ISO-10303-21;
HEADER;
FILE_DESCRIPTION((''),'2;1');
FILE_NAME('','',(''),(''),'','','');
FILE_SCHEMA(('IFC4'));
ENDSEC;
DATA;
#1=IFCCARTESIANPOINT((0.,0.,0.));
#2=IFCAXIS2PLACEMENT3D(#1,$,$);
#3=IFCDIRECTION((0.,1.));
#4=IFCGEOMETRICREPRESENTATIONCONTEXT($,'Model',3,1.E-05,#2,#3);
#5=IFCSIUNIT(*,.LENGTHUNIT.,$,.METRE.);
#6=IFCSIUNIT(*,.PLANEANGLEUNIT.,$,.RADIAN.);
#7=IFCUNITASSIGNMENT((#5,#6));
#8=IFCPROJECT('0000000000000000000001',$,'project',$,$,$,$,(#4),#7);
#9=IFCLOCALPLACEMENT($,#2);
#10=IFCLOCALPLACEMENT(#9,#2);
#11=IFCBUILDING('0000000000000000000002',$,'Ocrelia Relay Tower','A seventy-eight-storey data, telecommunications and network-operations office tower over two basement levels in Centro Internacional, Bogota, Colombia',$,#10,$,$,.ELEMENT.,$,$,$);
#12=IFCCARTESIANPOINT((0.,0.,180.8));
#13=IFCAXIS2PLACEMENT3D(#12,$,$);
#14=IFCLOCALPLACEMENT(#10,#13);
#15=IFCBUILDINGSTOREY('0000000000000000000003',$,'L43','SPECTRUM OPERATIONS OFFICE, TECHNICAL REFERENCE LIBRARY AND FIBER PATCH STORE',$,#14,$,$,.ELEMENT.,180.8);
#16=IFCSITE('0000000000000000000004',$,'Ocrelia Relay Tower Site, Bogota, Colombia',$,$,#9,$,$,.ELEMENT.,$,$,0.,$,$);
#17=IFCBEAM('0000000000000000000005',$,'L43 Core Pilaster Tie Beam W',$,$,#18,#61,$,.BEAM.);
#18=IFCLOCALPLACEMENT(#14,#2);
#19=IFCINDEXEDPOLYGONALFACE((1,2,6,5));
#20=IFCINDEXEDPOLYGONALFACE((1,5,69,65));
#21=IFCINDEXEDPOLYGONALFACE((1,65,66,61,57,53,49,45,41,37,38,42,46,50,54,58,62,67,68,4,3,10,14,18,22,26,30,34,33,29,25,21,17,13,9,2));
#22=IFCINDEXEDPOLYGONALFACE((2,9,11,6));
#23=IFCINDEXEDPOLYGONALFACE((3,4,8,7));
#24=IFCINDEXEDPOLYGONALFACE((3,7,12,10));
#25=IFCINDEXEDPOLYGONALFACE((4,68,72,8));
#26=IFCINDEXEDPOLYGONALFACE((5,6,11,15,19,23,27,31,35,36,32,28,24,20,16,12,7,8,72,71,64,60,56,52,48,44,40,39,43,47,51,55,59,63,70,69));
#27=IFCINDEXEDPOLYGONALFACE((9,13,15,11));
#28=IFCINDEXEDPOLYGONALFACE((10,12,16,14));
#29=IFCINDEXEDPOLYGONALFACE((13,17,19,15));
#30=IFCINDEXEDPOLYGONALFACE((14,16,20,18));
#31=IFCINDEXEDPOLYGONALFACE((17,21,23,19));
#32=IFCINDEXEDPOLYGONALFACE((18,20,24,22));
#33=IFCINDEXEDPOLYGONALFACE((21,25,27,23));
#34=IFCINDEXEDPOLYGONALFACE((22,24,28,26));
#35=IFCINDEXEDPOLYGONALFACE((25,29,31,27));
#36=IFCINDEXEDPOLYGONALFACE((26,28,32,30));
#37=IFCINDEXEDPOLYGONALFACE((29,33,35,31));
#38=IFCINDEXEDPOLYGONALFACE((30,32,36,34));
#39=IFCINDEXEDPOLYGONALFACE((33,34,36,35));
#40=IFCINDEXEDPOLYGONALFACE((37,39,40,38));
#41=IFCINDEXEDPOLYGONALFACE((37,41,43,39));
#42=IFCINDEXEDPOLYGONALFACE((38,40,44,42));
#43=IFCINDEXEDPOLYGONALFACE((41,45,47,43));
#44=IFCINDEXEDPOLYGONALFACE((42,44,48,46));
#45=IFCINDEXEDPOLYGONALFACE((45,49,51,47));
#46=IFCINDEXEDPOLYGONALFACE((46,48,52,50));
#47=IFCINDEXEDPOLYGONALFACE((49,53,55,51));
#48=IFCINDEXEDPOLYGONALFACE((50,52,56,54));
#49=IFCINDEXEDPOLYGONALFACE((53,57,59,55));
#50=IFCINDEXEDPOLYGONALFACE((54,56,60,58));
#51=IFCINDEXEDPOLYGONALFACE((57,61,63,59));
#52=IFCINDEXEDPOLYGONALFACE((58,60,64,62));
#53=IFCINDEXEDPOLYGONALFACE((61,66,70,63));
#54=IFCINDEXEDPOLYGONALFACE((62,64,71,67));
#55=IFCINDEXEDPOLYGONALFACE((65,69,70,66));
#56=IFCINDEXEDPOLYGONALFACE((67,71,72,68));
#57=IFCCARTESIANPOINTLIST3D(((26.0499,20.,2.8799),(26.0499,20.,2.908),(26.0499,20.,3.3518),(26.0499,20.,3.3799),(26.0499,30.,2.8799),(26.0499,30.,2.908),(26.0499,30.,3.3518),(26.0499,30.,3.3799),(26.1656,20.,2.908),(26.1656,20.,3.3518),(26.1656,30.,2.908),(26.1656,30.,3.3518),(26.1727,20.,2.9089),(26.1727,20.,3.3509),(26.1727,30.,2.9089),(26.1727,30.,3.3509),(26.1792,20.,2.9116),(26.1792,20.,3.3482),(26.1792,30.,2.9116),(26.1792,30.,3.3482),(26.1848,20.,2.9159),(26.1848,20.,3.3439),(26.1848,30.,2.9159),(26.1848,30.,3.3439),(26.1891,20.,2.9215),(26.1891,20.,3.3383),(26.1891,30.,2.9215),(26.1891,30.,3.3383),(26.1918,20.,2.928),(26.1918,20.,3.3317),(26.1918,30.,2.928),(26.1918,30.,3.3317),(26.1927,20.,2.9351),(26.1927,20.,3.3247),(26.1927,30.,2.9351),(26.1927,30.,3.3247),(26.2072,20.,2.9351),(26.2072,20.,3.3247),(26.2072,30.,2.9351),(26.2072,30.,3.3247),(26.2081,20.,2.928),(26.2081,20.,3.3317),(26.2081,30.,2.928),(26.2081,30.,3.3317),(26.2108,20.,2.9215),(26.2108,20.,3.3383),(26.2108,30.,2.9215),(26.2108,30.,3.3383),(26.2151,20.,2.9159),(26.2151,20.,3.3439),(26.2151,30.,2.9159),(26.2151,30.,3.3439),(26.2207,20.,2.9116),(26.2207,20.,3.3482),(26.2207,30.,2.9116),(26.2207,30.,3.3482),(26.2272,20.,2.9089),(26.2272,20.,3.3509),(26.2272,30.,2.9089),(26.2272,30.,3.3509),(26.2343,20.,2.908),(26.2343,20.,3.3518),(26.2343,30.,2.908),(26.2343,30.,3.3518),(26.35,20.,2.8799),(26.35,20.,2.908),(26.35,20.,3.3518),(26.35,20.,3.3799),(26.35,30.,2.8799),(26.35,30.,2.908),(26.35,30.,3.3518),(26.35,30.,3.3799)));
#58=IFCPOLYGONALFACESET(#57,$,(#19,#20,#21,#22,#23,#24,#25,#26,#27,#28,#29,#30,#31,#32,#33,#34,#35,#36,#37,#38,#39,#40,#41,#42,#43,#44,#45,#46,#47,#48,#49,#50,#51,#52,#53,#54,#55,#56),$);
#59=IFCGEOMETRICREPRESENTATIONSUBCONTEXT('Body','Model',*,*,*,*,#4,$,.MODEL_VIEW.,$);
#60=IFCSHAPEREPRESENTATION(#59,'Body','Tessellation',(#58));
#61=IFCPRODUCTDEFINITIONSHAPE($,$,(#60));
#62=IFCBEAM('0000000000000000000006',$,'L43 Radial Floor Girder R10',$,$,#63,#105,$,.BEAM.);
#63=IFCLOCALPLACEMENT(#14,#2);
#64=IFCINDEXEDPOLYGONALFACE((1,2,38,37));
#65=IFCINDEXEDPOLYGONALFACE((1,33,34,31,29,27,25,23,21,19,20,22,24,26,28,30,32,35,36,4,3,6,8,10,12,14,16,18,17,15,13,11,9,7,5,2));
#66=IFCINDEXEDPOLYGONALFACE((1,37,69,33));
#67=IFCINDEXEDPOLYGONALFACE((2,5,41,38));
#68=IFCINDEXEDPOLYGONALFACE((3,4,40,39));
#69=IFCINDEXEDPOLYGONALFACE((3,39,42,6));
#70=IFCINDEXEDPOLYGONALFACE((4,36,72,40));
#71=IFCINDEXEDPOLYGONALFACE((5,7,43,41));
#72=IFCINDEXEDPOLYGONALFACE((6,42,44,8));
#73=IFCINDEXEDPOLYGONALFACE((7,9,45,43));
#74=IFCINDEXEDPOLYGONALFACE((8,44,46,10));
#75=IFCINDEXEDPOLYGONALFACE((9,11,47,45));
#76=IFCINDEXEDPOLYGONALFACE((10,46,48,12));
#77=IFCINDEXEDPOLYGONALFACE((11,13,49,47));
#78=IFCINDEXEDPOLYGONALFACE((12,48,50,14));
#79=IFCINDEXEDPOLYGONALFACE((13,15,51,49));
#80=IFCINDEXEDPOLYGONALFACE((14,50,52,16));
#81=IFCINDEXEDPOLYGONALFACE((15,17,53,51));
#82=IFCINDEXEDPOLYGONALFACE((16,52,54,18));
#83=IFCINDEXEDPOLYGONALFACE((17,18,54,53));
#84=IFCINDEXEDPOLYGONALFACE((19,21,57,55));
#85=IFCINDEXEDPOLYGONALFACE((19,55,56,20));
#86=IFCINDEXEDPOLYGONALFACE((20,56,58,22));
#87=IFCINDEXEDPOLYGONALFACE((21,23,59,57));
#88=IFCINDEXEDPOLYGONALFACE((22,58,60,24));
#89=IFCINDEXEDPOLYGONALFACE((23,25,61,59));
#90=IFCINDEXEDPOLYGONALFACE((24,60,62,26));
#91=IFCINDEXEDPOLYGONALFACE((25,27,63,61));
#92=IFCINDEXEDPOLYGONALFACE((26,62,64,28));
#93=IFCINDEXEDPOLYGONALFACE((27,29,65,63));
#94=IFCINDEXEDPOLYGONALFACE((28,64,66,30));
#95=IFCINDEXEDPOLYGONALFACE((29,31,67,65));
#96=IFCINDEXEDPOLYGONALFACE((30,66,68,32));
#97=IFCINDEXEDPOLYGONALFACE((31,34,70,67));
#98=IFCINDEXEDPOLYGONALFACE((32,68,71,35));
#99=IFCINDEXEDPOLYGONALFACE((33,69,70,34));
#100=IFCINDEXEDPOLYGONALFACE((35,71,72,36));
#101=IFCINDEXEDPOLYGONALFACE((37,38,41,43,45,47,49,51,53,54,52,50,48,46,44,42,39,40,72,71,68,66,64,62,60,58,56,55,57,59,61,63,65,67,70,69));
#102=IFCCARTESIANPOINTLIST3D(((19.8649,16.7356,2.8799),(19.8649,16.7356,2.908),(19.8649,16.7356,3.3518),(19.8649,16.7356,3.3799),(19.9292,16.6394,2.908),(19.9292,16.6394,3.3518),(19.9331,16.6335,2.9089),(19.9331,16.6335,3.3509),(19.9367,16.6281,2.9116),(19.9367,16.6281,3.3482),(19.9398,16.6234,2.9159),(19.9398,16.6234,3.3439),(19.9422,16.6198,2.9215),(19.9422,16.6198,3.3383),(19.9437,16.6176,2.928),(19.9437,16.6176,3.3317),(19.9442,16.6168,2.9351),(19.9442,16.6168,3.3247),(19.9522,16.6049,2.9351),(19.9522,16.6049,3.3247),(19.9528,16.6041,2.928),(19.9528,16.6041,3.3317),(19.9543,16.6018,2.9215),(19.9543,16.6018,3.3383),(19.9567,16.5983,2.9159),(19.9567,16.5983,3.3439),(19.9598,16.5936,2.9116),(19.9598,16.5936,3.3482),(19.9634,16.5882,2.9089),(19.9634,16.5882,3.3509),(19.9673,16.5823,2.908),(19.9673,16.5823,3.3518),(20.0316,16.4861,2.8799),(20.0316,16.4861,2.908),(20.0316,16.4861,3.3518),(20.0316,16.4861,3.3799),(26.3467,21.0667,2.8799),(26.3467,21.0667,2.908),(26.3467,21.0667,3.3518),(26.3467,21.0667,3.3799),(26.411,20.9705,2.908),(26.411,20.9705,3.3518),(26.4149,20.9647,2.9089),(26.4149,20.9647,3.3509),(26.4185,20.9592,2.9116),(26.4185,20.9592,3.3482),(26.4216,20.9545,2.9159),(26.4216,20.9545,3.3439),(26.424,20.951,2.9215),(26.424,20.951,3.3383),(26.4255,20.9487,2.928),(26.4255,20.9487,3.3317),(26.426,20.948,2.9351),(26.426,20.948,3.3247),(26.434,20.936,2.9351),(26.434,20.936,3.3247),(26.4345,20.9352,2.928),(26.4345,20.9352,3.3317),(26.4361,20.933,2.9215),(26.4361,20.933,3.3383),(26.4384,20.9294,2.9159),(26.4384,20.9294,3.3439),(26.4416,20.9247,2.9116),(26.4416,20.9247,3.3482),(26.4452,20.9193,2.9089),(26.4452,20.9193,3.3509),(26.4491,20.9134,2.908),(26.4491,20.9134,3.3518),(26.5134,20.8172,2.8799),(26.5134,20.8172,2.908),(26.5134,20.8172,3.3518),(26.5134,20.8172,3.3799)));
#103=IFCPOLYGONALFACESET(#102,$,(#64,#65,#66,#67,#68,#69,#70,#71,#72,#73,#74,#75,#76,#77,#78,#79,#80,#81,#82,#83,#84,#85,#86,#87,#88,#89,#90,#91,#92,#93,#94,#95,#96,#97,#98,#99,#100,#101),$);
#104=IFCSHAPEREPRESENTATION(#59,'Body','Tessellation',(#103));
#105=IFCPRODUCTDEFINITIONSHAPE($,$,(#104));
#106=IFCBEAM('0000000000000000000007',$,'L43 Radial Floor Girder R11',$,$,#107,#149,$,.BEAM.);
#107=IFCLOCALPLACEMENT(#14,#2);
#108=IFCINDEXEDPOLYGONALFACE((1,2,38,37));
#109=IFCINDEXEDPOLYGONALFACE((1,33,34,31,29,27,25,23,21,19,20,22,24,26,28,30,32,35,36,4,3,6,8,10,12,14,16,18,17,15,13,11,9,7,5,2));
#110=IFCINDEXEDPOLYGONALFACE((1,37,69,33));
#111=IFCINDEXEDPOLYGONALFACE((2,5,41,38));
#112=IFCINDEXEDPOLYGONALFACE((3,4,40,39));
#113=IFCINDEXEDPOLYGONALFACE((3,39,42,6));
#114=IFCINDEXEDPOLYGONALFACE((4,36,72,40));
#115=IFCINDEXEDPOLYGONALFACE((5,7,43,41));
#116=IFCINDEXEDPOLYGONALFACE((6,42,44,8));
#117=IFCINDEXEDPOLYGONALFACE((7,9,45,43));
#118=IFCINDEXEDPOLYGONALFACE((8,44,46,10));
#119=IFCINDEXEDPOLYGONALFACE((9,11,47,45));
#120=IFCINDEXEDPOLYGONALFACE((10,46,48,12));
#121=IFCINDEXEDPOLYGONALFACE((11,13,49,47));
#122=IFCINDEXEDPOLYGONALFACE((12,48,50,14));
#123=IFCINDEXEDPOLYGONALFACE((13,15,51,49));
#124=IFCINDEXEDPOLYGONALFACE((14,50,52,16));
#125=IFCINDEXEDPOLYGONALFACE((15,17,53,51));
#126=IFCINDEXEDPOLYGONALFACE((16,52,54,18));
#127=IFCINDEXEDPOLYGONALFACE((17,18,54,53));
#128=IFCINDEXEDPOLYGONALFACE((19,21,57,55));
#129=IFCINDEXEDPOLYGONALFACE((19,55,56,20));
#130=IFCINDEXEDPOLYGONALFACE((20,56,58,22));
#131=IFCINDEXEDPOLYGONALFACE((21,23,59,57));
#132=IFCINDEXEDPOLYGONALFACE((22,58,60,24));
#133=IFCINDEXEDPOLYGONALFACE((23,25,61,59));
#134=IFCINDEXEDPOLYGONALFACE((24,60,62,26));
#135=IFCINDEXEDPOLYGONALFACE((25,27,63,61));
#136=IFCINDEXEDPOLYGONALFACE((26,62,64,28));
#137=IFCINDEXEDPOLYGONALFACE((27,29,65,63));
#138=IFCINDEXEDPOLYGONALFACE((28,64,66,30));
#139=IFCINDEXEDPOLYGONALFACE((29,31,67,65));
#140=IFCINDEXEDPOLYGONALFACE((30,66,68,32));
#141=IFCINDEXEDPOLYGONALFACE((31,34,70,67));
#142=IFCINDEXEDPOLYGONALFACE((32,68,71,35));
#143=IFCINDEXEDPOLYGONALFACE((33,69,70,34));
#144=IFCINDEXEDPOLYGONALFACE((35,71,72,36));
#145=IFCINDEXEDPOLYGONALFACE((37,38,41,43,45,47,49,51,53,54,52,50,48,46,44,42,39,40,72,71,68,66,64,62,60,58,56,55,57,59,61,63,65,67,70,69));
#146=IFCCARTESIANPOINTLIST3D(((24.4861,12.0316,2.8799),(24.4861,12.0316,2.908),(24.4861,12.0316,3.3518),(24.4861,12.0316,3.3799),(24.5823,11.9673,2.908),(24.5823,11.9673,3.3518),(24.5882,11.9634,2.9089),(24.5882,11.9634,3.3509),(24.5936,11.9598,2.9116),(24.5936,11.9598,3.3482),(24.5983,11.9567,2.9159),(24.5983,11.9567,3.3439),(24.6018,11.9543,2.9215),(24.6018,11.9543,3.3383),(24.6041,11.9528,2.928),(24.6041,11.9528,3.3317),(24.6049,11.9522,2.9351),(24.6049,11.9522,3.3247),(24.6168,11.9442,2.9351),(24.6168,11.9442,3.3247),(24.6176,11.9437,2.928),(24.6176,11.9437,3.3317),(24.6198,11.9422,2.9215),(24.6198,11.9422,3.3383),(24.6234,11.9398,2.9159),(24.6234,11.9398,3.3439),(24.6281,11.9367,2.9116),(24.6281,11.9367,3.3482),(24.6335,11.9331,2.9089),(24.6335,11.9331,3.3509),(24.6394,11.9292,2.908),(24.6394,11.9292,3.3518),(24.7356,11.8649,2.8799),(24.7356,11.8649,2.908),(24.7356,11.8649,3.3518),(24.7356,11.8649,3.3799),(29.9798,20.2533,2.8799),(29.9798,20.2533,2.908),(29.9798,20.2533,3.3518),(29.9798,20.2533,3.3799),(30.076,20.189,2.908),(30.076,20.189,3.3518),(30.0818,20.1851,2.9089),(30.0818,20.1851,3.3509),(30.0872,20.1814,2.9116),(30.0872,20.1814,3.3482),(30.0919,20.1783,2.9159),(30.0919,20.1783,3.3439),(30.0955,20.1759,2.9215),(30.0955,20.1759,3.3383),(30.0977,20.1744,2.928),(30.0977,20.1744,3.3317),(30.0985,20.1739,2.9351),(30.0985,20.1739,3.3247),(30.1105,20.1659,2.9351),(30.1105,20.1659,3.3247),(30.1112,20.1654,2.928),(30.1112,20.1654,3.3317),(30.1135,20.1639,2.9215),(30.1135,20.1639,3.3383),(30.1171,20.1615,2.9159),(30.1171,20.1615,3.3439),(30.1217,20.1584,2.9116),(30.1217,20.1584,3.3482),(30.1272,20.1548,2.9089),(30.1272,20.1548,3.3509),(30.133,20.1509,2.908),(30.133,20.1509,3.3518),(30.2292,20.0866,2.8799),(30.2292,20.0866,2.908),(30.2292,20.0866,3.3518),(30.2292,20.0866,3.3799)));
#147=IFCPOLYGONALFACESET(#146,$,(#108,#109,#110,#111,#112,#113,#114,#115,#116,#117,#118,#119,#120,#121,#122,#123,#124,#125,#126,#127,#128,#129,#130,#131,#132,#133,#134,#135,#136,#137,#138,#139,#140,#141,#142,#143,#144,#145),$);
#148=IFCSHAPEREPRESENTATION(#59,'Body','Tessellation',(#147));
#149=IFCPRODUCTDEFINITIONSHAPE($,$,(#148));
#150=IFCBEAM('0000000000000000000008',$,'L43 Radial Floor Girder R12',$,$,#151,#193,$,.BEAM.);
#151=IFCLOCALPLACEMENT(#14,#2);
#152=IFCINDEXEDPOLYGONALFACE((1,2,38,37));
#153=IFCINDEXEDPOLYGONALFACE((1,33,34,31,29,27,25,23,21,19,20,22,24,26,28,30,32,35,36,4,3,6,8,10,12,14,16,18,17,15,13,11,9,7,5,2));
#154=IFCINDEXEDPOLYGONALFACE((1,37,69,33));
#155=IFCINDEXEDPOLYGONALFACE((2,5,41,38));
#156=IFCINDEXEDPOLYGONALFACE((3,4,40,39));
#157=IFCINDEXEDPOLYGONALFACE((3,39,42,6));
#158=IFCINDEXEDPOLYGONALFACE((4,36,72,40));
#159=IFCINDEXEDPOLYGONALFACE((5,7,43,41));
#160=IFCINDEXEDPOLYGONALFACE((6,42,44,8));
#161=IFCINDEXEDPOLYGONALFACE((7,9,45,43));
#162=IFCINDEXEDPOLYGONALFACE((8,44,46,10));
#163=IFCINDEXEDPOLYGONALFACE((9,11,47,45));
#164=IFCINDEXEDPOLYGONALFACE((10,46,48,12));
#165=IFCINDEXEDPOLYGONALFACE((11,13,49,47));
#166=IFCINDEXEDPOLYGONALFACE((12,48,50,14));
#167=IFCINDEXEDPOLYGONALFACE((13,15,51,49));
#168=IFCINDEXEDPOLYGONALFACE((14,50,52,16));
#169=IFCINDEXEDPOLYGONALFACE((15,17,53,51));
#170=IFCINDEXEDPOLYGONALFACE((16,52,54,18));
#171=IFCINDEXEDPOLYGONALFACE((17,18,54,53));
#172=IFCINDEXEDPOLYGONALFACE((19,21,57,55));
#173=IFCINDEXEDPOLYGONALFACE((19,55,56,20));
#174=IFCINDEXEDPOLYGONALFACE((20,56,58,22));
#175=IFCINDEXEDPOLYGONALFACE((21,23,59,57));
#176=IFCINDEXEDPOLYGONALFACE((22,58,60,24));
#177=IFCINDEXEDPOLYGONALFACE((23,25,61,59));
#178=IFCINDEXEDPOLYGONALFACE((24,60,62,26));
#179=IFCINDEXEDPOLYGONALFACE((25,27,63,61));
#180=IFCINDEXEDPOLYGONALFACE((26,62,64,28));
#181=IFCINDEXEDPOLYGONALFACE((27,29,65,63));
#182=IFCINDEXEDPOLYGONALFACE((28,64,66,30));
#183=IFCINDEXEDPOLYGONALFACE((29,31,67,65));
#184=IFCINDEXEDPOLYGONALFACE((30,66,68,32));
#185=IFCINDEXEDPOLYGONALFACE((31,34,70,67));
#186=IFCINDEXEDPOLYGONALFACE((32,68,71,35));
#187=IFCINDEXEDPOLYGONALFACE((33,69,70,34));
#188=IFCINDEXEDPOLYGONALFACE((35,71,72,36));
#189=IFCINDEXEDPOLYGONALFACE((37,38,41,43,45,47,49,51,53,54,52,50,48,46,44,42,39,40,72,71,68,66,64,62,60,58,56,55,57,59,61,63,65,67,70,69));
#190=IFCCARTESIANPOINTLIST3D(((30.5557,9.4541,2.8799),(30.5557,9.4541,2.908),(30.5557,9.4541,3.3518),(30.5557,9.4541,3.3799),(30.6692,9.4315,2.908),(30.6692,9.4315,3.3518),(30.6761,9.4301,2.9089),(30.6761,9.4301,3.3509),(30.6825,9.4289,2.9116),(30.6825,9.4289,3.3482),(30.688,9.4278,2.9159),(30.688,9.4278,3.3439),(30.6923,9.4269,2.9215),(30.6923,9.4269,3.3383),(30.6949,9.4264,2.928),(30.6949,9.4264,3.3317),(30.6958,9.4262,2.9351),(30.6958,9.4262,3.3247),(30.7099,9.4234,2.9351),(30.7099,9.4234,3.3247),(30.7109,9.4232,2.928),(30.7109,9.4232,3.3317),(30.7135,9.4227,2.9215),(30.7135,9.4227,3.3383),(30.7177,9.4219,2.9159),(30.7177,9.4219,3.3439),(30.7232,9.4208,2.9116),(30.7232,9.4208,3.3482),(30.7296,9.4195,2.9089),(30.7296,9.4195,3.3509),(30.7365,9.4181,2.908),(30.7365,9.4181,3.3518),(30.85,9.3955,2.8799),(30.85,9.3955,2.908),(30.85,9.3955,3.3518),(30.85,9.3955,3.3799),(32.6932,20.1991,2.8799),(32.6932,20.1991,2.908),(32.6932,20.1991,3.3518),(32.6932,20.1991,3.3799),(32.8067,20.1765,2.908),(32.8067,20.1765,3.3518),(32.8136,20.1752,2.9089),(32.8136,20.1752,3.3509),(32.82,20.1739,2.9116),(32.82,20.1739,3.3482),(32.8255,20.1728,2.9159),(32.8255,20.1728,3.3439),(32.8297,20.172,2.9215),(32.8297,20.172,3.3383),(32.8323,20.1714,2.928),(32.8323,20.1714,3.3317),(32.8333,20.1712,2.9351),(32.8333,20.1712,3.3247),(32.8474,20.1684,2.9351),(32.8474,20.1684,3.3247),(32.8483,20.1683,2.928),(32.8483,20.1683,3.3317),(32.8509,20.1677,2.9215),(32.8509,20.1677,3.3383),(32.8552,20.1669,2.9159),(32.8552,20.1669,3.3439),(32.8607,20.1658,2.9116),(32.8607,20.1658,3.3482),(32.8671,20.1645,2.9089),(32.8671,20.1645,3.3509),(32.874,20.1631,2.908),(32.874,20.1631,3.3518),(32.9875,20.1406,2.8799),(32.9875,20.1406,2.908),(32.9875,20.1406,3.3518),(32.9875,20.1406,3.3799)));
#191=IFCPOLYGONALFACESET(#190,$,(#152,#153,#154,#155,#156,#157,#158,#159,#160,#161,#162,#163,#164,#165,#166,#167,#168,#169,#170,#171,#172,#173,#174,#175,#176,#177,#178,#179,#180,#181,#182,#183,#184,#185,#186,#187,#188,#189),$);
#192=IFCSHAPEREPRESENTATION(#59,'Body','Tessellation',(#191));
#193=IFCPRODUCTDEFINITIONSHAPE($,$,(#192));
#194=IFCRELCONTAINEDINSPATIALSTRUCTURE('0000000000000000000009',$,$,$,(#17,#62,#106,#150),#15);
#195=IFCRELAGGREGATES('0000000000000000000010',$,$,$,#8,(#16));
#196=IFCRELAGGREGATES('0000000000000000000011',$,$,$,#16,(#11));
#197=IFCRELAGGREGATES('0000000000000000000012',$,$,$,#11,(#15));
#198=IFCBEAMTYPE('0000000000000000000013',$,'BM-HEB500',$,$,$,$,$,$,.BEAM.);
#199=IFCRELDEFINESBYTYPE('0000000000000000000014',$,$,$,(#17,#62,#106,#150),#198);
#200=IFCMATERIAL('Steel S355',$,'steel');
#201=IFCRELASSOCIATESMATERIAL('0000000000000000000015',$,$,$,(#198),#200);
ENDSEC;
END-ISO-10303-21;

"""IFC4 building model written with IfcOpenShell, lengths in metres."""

from ifc_helpers import new_model, si_unit, direction, frame, origin, origin_2d, place, context, subcontext, project, spatial, i_section, extrude, material, material_profile, profile_set, type_object, element, save


model = new_model("IFC4")

# Units and contexts
model_context = context("Model", 3, precision=1e-05, world=origin(), true_north=direction((0.0, 1.0)))
body_context = subcontext(model_context, "Body", "Model", "MODEL_VIEW")
ifc_project = project(units=[si_unit("LENGTHUNIT", "METRE"), si_unit("PLANEANGLEUNIT", "RADIAN")], contexts=[model_context])

# Site, building, storey
site_placement = place(None, origin())
site = spatial("IfcSite", under=ifc_project, at=site_placement, Name="Ocrelia Relay Tower Site, Bogota, Colombia", CompositionType="ELEMENT", RefElevation=0.0)
building_placement = place(site_placement, origin())
building = spatial("IfcBuilding", under=site, at=building_placement, Name="Ocrelia Relay Tower", Description="A seventy-eight-storey data, telecommunications and network-operations office tower over two basement levels in Centro Internacional, Bogota, Colombia", CompositionType="ELEMENT")
storey_placement = place(building_placement, frame((0.0, 0.0, 180.8)))
storey = spatial("IfcBuildingStorey", under=building, at=storey_placement, Name="L43", Description="SPECTRUM OPERATIONS OFFICE, TECHNICAL REFERENCE LIBRARY AND FIBER PATCH STORE", CompositionType="ELEMENT", Elevation=180.8)

# Beams
ifc_material_1 = material(Name="Steel S355", Category="steel")
ifc_material_profile_1 = material_profile(ifc_material_1, i_section(OverallWidth=0.3, OverallDepth=0.5, WebThickness=0.0144, FlangeThickness=0.0281, FilletRadius=0.0271, at=origin_2d()), Name="HEB 500")
ifc_profile_set_1 = profile_set([ifc_material_profile_1], Name="Steel S355")
beam_type_1 = type_object("IfcBeamType", Name="BM-HEB500", PredefinedType="BEAM", material=ifc_profile_set_1)
beam_1_placement = place(storey_placement, frame((26.2, 20.0, 3.1299), z_axis=(0.0, 1.0, 0.0), x_axis=(-1.0, 0.0, 0.0)))
element("IfcBeam", 1, at=beam_1_placement, inside=storey, type_object=beam_type_1, Name="L43 Core Pilaster Tie Beam W", PredefinedType="BEAM", context=body_context, shape_type="SweptSolid", body=[
    extrude(i_section(OverallWidth=0.3, OverallDepth=0.5, WebThickness=0.0144, FlangeThickness=0.0281, FilletRadius=0.0271, at=origin_2d()), origin(), (0.0, 0.0, 1.0), 10.0),
])
beam_2_placement = place(storey_placement, frame((19.9482, 16.6108, 3.1299), z_axis=(0.831462, 0.555582, 0.0), x_axis=(-0.555582, 0.831462, 0.0)))
element("IfcBeam", 2, at=beam_2_placement, inside=storey, type_object=beam_type_1, Name="L43 Radial Floor Girder R10", PredefinedType="BEAM", context=body_context, shape_type="SweptSolid", body=[
    extrude(i_section(OverallWidth=0.3, OverallDepth=0.5, WebThickness=0.0144, FlangeThickness=0.0281, FilletRadius=0.0271, at=origin_2d()), origin(), (0.0, 0.0, 1.0), 7.7957),
])
beam_3_placement = place(storey_placement, frame((24.6108, 11.9482, 3.1299), z_axis=(0.555577, 0.831465, 0.0), x_axis=(-0.831465, 0.555577, 0.0)))
element("IfcBeam", 3, at=beam_3_placement, inside=storey, type_object=beam_type_1, Name="L43 Radial Floor Girder R11", PredefinedType="BEAM", context=body_context, shape_type="SweptSolid", body=[
    extrude(i_section(OverallWidth=0.3, OverallDepth=0.5, WebThickness=0.0144, FlangeThickness=0.0281, FilletRadius=0.0271, at=origin_2d()), origin(), (0.0, 0.0, 1.0), 9.8882),
])
beam_4_placement = place(storey_placement, frame((30.7029, 9.4248, 3.1299), z_axis=(0.1951, 0.980783, 0.0), x_axis=(-0.980783, 0.1951, 0.0)))
element("IfcBeam", 4, at=beam_4_placement, inside=storey, type_object=beam_type_1, Name="L43 Radial Floor Girder R12", PredefinedType="BEAM", context=body_context, shape_type="SweptSolid", body=[
    extrude(i_section(OverallWidth=0.3, OverallDepth=0.5, WebThickness=0.0144, FlangeThickness=0.0281, FilletRadius=0.0271, at=origin_2d()), origin(), (0.0, 0.0, 1.0), 10.9556),
])

save(model, "model.ifc")
